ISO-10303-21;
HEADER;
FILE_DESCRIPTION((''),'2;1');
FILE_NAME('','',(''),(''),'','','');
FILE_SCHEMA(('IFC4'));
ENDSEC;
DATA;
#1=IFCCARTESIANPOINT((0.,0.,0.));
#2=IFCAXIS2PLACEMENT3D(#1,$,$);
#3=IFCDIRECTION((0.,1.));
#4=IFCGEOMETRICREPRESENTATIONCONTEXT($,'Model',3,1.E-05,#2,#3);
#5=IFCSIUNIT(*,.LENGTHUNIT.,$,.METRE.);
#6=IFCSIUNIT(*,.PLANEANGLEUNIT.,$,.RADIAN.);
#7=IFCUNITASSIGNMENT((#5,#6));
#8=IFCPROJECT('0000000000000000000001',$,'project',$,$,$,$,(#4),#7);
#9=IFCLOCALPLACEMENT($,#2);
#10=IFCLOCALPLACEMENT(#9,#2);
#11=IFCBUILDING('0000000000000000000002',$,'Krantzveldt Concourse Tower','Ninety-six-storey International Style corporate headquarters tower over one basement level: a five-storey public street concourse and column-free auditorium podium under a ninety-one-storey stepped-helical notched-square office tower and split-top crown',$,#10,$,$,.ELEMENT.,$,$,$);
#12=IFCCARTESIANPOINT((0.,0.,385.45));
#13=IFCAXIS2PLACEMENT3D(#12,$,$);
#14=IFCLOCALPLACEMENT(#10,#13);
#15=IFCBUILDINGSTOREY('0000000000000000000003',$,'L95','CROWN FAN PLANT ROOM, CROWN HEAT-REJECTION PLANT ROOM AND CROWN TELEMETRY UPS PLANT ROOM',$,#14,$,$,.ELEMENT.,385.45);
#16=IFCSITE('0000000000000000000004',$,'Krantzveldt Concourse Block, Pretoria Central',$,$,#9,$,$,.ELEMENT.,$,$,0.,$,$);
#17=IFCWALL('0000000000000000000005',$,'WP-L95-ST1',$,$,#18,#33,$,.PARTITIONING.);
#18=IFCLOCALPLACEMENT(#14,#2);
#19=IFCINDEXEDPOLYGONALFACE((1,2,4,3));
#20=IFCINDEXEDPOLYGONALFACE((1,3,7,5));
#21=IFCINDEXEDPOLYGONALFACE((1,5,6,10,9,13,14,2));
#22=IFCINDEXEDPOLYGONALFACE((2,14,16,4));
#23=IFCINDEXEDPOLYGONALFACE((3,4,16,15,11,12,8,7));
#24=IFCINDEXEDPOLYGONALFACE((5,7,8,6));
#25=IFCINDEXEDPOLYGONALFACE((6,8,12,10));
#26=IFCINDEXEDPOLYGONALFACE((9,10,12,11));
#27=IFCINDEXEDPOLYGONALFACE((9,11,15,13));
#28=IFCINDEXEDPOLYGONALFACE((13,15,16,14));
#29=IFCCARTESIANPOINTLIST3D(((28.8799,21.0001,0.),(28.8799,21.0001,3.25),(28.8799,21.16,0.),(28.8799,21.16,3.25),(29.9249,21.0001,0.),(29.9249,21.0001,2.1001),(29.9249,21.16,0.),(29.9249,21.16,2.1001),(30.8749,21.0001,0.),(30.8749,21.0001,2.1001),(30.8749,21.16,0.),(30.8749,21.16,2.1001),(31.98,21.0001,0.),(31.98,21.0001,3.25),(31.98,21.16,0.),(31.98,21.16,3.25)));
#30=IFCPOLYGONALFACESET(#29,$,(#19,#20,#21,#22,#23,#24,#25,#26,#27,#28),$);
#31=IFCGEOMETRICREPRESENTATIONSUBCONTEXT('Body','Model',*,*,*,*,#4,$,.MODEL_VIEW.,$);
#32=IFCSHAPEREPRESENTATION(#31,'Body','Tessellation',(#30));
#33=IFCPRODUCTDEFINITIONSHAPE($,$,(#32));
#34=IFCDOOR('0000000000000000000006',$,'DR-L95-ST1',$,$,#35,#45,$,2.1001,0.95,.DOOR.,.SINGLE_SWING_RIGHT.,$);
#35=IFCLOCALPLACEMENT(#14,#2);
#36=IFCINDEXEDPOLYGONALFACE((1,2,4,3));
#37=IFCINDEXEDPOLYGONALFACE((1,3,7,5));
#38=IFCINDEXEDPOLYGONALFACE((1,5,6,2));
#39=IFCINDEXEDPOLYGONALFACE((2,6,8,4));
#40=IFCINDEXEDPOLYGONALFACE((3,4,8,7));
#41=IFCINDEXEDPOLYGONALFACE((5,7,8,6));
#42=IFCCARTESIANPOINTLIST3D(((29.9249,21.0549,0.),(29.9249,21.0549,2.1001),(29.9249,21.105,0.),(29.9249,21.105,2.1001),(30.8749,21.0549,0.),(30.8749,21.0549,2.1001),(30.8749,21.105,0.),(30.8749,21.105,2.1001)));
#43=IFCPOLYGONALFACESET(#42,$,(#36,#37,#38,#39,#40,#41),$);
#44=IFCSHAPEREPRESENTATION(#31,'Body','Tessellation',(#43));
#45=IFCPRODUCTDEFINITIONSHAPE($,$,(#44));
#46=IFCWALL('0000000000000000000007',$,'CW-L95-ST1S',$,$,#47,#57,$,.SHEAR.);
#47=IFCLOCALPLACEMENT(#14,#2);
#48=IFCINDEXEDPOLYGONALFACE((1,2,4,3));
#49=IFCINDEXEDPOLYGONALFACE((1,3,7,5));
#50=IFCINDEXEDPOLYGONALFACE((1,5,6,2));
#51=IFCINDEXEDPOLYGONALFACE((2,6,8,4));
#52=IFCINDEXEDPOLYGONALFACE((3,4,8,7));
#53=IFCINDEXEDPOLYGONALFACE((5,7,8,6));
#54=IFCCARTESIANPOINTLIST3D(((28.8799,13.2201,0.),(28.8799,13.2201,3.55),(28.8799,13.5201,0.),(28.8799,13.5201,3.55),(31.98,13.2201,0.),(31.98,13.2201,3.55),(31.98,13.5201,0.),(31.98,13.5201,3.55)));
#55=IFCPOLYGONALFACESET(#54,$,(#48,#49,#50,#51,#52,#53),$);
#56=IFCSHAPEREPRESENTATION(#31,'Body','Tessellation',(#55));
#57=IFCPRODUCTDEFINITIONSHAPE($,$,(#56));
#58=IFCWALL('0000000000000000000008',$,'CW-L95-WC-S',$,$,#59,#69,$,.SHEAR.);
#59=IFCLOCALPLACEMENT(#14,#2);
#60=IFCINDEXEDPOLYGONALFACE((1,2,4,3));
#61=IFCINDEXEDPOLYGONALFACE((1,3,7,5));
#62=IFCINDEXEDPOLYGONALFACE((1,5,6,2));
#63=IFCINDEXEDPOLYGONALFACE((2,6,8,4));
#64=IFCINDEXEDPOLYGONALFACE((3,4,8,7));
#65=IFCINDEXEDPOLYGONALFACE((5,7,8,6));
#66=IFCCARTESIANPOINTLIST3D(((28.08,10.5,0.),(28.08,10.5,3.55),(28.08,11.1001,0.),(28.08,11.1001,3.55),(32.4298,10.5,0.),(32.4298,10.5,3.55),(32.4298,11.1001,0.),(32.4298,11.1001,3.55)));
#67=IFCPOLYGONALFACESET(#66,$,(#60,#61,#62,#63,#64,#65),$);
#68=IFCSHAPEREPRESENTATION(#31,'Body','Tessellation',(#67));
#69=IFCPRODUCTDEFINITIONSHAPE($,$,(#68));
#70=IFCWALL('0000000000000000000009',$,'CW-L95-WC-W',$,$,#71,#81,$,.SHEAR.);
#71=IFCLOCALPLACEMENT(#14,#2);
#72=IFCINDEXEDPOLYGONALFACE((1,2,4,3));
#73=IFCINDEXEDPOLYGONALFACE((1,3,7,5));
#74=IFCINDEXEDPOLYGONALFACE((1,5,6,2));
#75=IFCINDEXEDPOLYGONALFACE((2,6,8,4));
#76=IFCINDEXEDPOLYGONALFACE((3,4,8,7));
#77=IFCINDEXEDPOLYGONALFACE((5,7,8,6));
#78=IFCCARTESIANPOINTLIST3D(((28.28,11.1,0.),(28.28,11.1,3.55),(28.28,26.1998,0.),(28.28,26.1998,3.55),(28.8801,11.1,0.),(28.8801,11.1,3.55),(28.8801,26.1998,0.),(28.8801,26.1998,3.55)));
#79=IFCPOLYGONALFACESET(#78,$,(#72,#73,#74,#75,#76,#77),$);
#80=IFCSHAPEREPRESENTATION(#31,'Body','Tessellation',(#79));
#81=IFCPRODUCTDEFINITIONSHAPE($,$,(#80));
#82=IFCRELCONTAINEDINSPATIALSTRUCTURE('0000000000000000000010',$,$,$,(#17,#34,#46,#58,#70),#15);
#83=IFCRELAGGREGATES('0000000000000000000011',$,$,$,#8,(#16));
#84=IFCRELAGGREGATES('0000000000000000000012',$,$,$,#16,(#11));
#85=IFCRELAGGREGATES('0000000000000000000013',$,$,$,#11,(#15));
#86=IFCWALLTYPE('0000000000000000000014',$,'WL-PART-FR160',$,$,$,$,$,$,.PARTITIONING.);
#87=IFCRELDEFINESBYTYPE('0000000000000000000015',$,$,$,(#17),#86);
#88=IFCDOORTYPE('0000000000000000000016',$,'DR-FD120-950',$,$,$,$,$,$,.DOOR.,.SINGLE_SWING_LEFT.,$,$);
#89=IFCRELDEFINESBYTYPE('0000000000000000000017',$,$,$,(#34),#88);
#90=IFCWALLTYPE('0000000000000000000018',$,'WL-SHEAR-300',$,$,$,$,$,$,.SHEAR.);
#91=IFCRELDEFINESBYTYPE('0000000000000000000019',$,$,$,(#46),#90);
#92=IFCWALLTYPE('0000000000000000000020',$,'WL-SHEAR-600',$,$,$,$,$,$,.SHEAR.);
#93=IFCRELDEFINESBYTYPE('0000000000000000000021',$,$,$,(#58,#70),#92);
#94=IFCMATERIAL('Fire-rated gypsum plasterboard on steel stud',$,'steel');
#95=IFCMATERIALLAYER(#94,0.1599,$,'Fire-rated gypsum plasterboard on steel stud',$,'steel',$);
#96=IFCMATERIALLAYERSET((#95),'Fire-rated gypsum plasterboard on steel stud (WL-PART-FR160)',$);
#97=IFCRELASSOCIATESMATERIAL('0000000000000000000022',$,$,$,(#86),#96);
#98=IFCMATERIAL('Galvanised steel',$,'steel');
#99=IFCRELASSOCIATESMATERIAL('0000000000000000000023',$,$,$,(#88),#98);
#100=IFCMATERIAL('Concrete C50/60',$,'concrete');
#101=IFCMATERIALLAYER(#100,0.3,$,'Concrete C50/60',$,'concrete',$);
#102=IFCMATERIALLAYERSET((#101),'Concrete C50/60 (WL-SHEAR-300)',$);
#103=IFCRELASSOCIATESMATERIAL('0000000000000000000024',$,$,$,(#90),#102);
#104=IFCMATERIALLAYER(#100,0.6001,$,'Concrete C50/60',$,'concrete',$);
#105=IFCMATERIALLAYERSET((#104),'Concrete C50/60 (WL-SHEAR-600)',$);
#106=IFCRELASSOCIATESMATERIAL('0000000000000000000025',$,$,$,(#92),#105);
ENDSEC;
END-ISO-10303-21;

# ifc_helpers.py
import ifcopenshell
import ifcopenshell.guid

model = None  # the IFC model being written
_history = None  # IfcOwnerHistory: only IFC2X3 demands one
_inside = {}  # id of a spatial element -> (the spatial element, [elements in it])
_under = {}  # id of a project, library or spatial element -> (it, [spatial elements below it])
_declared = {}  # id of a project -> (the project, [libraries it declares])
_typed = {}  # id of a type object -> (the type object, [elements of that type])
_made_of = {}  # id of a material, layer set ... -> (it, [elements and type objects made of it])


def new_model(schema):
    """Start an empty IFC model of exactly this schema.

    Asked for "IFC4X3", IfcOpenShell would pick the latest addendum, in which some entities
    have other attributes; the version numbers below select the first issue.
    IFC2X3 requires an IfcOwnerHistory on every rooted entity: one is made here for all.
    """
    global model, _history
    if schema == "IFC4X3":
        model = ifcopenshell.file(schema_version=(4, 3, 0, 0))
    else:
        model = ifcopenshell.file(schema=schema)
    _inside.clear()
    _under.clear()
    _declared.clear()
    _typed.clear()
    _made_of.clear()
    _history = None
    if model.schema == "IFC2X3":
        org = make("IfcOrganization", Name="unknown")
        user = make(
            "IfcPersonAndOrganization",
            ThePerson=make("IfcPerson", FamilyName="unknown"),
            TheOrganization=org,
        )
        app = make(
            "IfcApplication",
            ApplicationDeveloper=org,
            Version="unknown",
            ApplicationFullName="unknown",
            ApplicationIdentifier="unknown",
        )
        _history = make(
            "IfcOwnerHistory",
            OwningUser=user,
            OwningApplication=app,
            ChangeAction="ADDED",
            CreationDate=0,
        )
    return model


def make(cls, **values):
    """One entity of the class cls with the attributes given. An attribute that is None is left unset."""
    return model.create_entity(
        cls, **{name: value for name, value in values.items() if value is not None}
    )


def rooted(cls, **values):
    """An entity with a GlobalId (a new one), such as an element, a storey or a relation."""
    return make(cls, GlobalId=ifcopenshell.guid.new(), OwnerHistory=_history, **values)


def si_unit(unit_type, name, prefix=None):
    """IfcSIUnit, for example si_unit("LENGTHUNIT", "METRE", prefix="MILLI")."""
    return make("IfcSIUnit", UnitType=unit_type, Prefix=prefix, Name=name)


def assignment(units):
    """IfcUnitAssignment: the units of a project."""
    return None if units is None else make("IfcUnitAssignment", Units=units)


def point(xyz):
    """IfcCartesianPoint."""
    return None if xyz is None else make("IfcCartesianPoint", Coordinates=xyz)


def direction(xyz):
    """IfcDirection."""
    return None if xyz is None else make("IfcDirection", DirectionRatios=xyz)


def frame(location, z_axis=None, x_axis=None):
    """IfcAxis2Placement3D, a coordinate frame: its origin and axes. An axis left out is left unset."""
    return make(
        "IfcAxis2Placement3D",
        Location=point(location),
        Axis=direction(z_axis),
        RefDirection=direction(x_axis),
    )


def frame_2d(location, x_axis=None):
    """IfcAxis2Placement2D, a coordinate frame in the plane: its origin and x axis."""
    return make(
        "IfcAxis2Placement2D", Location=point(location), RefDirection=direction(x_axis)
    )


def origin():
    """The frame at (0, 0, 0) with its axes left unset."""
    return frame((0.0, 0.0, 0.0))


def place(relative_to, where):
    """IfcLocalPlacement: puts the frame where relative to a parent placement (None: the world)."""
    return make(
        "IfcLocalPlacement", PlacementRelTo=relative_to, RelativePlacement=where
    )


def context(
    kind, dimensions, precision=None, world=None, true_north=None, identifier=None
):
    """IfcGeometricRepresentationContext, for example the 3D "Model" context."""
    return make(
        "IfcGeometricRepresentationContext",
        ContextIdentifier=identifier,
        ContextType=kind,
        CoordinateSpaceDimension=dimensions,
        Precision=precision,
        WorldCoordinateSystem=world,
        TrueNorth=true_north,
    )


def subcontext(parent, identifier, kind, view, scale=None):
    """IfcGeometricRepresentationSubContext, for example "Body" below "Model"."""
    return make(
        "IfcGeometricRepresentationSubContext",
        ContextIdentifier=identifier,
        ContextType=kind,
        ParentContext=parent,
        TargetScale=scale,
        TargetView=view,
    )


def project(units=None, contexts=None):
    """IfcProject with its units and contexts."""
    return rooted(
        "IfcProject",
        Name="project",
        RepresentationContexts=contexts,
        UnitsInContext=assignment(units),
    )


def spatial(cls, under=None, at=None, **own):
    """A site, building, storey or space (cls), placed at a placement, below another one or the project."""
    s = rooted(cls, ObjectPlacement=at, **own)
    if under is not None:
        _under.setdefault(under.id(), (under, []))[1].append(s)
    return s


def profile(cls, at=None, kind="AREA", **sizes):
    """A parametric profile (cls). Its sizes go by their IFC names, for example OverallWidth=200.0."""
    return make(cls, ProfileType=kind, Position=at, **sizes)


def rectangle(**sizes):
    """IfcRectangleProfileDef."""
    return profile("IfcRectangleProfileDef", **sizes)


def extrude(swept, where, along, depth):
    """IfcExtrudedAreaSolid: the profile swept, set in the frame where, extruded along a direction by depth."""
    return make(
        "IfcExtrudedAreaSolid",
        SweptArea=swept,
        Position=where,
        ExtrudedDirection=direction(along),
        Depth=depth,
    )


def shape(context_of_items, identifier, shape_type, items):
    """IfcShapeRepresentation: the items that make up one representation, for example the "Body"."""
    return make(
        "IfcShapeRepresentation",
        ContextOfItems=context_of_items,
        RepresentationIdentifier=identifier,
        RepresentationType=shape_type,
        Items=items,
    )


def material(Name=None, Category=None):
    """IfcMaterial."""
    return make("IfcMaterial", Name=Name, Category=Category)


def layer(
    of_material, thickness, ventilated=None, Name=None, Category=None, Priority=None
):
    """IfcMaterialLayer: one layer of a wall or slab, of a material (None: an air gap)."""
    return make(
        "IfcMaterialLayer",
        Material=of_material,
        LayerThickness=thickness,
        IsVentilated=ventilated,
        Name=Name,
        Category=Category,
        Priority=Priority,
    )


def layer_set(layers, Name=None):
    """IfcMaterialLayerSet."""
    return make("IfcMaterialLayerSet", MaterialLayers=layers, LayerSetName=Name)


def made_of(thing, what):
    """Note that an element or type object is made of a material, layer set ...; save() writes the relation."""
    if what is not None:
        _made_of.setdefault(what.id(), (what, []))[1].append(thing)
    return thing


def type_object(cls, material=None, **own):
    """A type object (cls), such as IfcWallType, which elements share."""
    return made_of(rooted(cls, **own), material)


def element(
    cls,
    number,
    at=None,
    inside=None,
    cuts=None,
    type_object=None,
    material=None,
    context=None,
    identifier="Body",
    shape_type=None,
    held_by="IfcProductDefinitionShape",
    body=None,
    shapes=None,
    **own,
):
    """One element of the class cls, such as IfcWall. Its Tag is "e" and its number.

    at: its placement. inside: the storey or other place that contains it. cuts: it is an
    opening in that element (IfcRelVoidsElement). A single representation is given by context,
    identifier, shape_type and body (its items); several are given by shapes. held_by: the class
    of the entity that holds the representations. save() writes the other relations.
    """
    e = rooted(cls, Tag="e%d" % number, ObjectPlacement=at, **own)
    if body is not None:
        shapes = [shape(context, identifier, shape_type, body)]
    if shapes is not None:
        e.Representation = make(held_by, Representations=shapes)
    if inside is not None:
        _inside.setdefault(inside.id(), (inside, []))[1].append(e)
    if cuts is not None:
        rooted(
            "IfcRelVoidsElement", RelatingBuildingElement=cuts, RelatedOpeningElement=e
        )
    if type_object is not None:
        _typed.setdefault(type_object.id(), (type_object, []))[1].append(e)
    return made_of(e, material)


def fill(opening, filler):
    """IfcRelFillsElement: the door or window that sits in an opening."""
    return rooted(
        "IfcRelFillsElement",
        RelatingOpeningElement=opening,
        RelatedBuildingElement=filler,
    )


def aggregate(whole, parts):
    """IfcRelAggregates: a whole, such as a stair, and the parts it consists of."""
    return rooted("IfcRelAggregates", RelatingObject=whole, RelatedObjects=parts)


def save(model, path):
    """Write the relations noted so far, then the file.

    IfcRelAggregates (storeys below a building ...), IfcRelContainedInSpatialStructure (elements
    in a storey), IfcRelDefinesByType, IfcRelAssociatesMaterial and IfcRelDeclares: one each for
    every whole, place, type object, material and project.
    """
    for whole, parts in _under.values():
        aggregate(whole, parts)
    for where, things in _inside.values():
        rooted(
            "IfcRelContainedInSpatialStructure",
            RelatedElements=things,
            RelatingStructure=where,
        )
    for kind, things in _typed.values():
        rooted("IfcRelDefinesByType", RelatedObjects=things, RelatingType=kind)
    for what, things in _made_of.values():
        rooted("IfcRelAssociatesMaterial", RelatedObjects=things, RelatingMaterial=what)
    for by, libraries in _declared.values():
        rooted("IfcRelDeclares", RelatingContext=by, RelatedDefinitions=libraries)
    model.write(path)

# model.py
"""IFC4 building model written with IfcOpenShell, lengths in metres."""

from ifc_helpers import new_model, si_unit, direction, frame, frame_2d, origin, place, context, subcontext, project, spatial, rectangle, extrude, material, layer, layer_set, type_object, element, fill, save


model = new_model("IFC4")

# Units and contexts
model_context = context("Model", 3, precision=1e-05, world=origin(), true_north=direction((0.0, 1.0)))
body_context = subcontext(model_context, "Body", "Model", "MODEL_VIEW")
ifc_project = project(units=[si_unit("LENGTHUNIT", "METRE"), si_unit("PLANEANGLEUNIT", "RADIAN")], contexts=[model_context])

# Site, building, storey
site_placement = place(None, origin())
site = spatial("IfcSite", under=ifc_project, at=site_placement, Name="Krantzveldt Concourse Block, Pretoria Central", CompositionType="ELEMENT", RefElevation=0.0)
building_placement = place(site_placement, origin())
building = spatial("IfcBuilding", under=site, at=building_placement, Name="Krantzveldt Concourse Tower", Description="Ninety-six-storey International Style corporate headquarters tower over one basement level: a five-storey public street concourse and column-free auditorium podium under a ninety-one-storey stepped-helical notched-square office tower and split-top crown", CompositionType="ELEMENT")
storey_placement = place(building_placement, frame((0.0, 0.0, 385.45)))
storey = spatial("IfcBuildingStorey", under=building, at=storey_placement, Name="L95", Description="CROWN FAN PLANT ROOM, CROWN HEAT-REJECTION PLANT ROOM AND CROWN TELEMETRY UPS PLANT ROOM", CompositionType="ELEMENT", Elevation=385.45)

# Shared definitions
ifc_material_1 = material(Name="Concrete C50/60", Category="concrete")

# Wall, opening, door
ifc_material_2 = material(Name="Fire-rated gypsum plasterboard on steel stud", Category="steel")
ifc_layer_1 = layer(ifc_material_2, 0.1599, Name="Fire-rated gypsum plasterboard on steel stud", Category="steel")
ifc_layer_set_1 = layer_set([ifc_layer_1], Name="Fire-rated gypsum plasterboard on steel stud (WL-PART-FR160)")
wall_type_1 = type_object("IfcWallType", Name="WL-PART-FR160", PredefinedType="PARTITIONING", material=ifc_layer_set_1)
wall_1_placement = place(storey_placement, frame((28.8799, 21.0801, 0.0), z_axis=(0.0, 0.0, 1.0), x_axis=(1.0, 0.0, 0.0)))
wall_1 = element("IfcWall", 1, at=wall_1_placement, inside=storey, type_object=wall_type_1, Name="WP-L95-ST1", PredefinedType="PARTITIONING", context=body_context, shape_type="SweptSolid", body=[
    extrude(rectangle(XDim=3.1001, YDim=0.1599, at=frame_2d((1.55, 0.0))), origin(), (0.0, 0.0, 1.0), 3.25),
])
opening_placement = place(wall_1_placement, frame((1.0449, 0.0, 0.0)))
opening = element("IfcOpeningElement", 2, at=opening_placement, cuts=wall_1, PredefinedType="OPENING", context=body_context, shape_type="SweptSolid", body=[
    extrude(rectangle(XDim=0.95, YDim=2.1001, at=frame_2d((0.4751, 1.05))), frame((0.0, 0.0898, 0.0), z_axis=(0.0, -1.0, 0.0), x_axis=(1.0, 0.0, 0.0)), (0.0, 0.0, 1.0), 0.1799),
])
ifc_material_3 = material(Name="Galvanised steel", Category="steel")
door_type = type_object("IfcDoorType", Name="DR-FD120-950", OperationType="SINGLE_SWING_LEFT", PredefinedType="DOOR", material=ifc_material_3)
door_placement = place(opening_placement, origin())
door = element("IfcDoor", 3, at=door_placement, inside=storey, type_object=door_type, Name="DR-L95-ST1", OperationType="SINGLE_SWING_RIGHT", OverallHeight=2.1001, OverallWidth=0.95, PredefinedType="DOOR", context=body_context, shape_type="SweptSolid", body=[
    extrude(rectangle(XDim=0.95, YDim=2.1001, at=frame_2d((0.4751, 1.05))), frame((0.0, 0.0249, 0.0), z_axis=(0.0, -1.0, 0.0), x_axis=(1.0, 0.0, 0.0)), (0.0, 0.0, 1.0), 0.05),
])
fill(opening, door)

# Walls
ifc_layer_2 = layer(ifc_material_1, 0.3, Name="Concrete C50/60", Category="concrete")
ifc_layer_set_2 = layer_set([ifc_layer_2], Name="Concrete C50/60 (WL-SHEAR-300)")
wall_type_2 = type_object("IfcWallType", Name="WL-SHEAR-300", PredefinedType="SHEAR", material=ifc_layer_set_2)
wall_2_placement = place(storey_placement, frame((28.8799, 13.3701, 0.0), z_axis=(0.0, 0.0, 1.0), x_axis=(1.0, 0.0, 0.0)))
element("IfcWall", 4, at=wall_2_placement, inside=storey, type_object=wall_type_2, Name="CW-L95-ST1S", PredefinedType="SHEAR", context=body_context, shape_type="SweptSolid", body=[
    extrude(rectangle(XDim=3.1001, YDim=0.3, at=frame_2d((1.55, 0.0))), origin(), (0.0, 0.0, 1.0), 3.55),
])
ifc_layer_3 = layer(ifc_material_1, 0.6001, Name="Concrete C50/60", Category="concrete")
ifc_layer_set_3 = layer_set([ifc_layer_3], Name="Concrete C50/60 (WL-SHEAR-600)")
wall_type_3 = type_object("IfcWallType", Name="WL-SHEAR-600", PredefinedType="SHEAR", material=ifc_layer_set_3)
wall_3_placement = place(storey_placement, frame((28.0801, 10.8, 0.0), z_axis=(0.0, 0.0, 1.0), x_axis=(1.0, 0.0, 0.0)))
element("IfcWall", 5, at=wall_3_placement, inside=storey, type_object=wall_type_3, Name="CW-L95-WC-S", PredefinedType="SHEAR", context=body_context, shape_type="SweptSolid", body=[
    extrude(rectangle(XDim=4.3499, YDim=0.6001, at=frame_2d((2.1748, 0.0))), origin(), (0.0, 0.0, 1.0), 3.55),
])
wall_4_placement = place(storey_placement, frame((28.5801, 11.1001, 0.0), z_axis=(0.0, 0.0, 1.0), x_axis=(0.0, 1.0, 0.0)))
element("IfcWall", 6, at=wall_4_placement, inside=storey, type_object=wall_type_3, Name="CW-L95-WC-W", PredefinedType="SHEAR", context=body_context, shape_type="SweptSolid", body=[
    extrude(rectangle(XDim=15.0999, YDim=0.6001, at=frame_2d((7.5498, 0.0))), origin(), (0.0, 0.0, 1.0), 3.55),
])

save(model, "model.ifc")
